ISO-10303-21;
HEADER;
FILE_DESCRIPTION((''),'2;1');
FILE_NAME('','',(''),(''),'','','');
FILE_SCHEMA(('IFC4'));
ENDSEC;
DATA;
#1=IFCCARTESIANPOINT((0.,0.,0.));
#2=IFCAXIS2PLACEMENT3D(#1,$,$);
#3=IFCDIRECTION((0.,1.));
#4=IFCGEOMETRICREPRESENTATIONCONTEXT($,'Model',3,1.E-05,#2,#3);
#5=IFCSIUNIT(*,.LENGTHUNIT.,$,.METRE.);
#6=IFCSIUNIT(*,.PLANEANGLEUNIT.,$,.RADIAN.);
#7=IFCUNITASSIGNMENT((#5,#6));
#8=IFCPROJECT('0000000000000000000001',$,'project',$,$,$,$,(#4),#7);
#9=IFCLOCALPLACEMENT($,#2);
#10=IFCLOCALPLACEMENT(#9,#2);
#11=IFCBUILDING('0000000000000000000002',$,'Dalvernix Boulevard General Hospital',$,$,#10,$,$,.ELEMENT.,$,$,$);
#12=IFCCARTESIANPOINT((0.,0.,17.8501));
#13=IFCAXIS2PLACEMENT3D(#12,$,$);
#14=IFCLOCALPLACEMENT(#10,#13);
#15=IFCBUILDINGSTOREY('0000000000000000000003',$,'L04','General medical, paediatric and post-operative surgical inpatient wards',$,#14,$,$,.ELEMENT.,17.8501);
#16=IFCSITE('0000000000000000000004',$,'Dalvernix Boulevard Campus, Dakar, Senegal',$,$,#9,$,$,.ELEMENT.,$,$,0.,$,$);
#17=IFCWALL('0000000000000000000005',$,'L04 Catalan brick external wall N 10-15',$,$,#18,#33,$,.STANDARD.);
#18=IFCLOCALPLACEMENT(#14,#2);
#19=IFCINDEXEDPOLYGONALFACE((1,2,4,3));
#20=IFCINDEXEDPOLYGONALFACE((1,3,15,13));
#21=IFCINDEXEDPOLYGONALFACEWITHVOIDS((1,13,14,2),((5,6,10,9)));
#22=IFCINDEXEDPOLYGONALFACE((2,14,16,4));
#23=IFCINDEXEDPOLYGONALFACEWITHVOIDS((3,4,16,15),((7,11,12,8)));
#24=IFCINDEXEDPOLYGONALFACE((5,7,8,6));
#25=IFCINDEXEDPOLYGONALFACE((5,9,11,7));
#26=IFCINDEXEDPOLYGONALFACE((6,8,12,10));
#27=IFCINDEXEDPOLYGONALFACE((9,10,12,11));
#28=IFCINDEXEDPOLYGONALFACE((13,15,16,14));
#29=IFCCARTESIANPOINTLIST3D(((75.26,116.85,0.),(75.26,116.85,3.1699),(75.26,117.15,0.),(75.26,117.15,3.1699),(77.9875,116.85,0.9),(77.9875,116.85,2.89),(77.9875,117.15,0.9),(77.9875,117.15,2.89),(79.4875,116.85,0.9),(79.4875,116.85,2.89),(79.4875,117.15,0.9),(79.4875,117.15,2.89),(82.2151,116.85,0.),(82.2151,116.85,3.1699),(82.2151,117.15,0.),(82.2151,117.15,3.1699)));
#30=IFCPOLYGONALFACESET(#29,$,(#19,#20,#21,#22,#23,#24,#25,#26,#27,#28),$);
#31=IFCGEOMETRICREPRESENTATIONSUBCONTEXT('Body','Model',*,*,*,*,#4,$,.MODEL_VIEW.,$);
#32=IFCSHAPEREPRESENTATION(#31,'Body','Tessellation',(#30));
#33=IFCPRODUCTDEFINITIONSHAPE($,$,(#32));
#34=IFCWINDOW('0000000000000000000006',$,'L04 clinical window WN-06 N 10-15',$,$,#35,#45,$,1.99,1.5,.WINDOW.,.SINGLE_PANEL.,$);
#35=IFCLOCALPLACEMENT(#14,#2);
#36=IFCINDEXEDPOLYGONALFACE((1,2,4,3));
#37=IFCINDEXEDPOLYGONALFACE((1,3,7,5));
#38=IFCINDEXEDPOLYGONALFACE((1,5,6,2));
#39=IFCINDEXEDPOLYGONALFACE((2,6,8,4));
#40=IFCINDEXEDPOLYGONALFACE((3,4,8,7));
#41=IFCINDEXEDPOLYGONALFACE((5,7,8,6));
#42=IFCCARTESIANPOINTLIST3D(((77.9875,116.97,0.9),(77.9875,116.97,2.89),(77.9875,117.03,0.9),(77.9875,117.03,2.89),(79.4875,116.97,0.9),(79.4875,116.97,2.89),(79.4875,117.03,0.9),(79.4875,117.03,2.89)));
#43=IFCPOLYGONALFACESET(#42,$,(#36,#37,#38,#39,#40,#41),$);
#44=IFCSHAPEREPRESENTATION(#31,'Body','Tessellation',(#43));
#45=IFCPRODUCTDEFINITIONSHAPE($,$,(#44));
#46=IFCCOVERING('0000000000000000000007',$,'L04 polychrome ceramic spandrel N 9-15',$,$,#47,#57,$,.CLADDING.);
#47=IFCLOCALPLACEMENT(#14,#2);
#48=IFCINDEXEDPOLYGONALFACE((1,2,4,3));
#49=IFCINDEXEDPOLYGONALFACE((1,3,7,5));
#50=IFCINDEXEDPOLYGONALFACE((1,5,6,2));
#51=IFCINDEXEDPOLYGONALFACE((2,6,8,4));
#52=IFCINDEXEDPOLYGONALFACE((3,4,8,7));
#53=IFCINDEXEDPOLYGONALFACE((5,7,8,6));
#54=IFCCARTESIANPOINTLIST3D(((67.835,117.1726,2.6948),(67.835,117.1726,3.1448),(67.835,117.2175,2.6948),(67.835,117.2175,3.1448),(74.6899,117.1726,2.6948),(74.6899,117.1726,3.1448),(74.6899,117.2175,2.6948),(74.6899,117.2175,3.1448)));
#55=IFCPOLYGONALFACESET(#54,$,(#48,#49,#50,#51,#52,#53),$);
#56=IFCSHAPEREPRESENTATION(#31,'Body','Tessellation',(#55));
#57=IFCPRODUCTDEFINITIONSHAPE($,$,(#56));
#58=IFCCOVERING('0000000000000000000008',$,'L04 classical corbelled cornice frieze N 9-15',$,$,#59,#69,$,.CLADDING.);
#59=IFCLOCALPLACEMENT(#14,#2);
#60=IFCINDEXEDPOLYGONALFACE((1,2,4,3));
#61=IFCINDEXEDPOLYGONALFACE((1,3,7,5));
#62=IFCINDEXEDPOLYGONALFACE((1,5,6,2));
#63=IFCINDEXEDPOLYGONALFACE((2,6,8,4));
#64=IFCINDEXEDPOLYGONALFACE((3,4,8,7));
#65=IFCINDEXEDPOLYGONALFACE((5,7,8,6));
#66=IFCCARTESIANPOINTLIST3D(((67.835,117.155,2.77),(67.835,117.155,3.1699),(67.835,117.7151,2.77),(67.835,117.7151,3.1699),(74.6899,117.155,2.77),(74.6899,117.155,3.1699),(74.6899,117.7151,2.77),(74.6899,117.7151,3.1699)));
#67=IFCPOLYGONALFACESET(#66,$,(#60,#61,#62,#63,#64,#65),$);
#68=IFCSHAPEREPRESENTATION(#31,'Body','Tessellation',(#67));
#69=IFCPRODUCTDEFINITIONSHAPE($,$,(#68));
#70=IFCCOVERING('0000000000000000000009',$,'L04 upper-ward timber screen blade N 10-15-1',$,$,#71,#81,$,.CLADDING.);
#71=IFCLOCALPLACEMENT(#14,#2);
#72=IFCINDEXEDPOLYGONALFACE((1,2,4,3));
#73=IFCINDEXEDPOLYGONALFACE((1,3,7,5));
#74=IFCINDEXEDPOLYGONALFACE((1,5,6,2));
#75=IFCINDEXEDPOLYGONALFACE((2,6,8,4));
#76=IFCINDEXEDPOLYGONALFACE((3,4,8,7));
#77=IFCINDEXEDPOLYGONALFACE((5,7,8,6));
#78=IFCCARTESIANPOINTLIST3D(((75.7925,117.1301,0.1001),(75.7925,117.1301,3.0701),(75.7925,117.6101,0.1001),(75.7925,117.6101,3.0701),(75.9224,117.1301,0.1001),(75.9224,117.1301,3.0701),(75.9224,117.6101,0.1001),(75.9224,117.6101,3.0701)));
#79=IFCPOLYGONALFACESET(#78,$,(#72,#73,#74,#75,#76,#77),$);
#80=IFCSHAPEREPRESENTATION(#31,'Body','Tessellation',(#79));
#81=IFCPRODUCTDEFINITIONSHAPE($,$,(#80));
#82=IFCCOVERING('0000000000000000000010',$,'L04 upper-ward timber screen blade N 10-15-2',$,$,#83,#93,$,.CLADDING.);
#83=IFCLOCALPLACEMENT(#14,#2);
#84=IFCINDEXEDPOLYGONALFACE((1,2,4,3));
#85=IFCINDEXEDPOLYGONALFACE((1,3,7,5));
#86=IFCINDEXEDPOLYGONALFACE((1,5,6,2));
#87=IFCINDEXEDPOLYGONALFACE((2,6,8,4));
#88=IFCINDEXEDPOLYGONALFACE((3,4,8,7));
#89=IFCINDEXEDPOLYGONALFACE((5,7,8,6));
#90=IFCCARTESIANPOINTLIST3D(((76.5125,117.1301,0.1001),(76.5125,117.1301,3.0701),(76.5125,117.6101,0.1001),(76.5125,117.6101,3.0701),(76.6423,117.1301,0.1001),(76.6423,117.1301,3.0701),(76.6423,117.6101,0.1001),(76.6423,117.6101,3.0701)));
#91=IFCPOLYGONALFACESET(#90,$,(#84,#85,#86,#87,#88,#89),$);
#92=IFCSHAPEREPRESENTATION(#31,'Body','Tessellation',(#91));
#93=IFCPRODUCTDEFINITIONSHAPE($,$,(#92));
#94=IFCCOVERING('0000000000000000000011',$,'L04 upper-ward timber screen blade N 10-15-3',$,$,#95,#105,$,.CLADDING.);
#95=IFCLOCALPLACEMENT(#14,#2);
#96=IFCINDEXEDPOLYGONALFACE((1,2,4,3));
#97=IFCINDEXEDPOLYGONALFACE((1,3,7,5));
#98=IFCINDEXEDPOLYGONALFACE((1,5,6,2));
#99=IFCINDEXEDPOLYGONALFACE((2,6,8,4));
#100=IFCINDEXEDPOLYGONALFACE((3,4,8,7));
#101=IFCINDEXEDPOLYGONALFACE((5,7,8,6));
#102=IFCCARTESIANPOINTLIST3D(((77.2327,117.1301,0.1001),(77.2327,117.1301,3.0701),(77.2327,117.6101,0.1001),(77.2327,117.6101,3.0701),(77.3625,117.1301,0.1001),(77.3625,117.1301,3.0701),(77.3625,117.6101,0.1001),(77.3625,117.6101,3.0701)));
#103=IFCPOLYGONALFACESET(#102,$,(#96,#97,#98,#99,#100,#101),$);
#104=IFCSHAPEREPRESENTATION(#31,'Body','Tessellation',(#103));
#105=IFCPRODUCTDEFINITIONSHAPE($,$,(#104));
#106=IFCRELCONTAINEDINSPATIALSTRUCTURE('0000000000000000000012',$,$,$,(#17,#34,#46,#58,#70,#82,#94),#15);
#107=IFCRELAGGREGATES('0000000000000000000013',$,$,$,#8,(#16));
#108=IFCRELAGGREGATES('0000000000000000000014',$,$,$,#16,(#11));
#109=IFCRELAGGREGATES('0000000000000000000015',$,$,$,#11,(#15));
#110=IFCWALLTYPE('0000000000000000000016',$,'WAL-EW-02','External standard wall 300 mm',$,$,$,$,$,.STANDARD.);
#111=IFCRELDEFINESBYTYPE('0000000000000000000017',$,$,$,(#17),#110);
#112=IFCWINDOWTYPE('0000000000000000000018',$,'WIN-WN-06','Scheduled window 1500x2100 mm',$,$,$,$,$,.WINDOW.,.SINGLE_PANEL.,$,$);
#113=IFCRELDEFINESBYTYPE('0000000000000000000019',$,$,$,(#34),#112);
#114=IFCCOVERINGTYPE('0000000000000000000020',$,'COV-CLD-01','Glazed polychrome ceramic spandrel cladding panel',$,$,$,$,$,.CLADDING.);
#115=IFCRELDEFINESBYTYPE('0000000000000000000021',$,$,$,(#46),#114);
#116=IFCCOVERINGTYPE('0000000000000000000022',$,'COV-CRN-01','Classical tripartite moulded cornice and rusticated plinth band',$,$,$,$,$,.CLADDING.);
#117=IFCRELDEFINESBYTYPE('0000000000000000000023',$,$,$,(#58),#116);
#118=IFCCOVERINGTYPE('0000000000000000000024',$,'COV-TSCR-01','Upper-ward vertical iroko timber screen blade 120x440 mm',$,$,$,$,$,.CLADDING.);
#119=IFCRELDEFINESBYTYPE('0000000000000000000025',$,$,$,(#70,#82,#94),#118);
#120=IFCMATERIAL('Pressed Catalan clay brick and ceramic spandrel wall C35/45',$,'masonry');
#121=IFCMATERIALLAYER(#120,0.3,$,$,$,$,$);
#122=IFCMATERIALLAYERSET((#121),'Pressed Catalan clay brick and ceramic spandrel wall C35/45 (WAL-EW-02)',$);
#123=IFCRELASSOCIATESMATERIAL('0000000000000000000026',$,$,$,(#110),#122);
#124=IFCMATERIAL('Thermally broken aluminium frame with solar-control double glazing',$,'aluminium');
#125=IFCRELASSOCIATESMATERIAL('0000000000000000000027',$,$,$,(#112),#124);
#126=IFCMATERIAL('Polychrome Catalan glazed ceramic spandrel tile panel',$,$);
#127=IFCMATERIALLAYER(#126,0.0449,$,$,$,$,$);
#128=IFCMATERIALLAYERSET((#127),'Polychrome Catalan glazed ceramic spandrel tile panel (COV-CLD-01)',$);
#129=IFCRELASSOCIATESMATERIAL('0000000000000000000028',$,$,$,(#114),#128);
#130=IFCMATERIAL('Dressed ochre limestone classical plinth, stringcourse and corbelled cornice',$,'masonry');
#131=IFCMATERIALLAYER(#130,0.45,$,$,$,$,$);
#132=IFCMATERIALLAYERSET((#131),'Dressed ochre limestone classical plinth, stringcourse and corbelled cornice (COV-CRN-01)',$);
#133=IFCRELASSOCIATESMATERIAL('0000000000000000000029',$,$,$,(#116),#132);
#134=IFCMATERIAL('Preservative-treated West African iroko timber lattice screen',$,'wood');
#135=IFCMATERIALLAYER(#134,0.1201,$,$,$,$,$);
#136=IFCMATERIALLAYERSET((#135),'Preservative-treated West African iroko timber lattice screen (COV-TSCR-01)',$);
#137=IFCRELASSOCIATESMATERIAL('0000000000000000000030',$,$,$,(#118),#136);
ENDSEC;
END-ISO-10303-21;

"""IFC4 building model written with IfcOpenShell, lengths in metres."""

from ifc_helpers import new_model, si_unit, direction, frame, frame_2d, origin, origin_2d, place, context, subcontext, project, spatial, rectangle, extrude, material, layer, layer_set, type_object, element, fill, save


model = new_model("IFC4")

# Units and contexts
model_context = context("Model", 3, precision=1e-05, world=origin(), true_north=direction((0.0, 1.0)))
body_context = subcontext(model_context, "Body", "Model", "MODEL_VIEW")
ifc_project = project(units=[si_unit("LENGTHUNIT", "METRE"), si_unit("PLANEANGLEUNIT", "RADIAN")], contexts=[model_context])

# Site, building, storey
site_placement = place(None, origin())
site = spatial("IfcSite", under=ifc_project, at=site_placement, Name="Dalvernix Boulevard Campus, Dakar, Senegal", CompositionType="ELEMENT", RefElevation=0.0)
building_placement = place(site_placement, origin())
building = spatial("IfcBuilding", under=site, at=building_placement, Name="Dalvernix Boulevard General Hospital", CompositionType="ELEMENT")
storey_placement = place(building_placement, frame((0.0, 0.0, 17.8501)))
storey = spatial("IfcBuildingStorey", under=building, at=storey_placement, Name="L04", Description="General medical, paediatric and post-operative surgical inpatient wards", CompositionType="ELEMENT", Elevation=17.8501)

# Wall, opening, window
ifc_material_1 = material(Name="Pressed Catalan clay brick and ceramic spandrel wall C35/45", Category="masonry")
ifc_layer_1 = layer(ifc_material_1, 0.3)
ifc_layer_set_1 = layer_set([ifc_layer_1], Name="Pressed Catalan clay brick and ceramic spandrel wall C35/45 (WAL-EW-02)")
wall_type_1 = type_object("IfcWallType", Name="WAL-EW-02", Description="External standard wall 300 mm", PredefinedType="STANDARD", material=ifc_layer_set_1)
wall_1_placement = place(storey_placement, frame((75.26, 117.0, 0.0), z_axis=(0.0, 0.0, 1.0), x_axis=(1.0, 0.0, 0.0)))
wall_1 = element("IfcWall", 1, at=wall_1_placement, inside=storey, type_object=wall_type_1, Name="L04 Catalan brick external wall N 10-15", PredefinedType="STANDARD", context=body_context, shape_type="SweptSolid", body=[
    extrude(rectangle(XDim=6.9551, YDim=0.3, at=frame_2d((3.4775, 0.0))), origin(), (0.0, 0.0, 1.0), 3.1699),
])
opening_1_placement = place(wall_1_placement, frame((2.7275, 0.0, 0.8999)))
opening_1 = element("IfcOpeningElement", 2, at=opening_1_placement, cuts=wall_1, PredefinedType="OPENING", context=body_context, shape_type="SweptSolid", body=[
    extrude(rectangle(XDim=1.5, YDim=1.99, at=frame_2d((0.75, 0.9951))), frame((0.0, 0.1599, 0.0), z_axis=(0.0, -1.0, 0.0), x_axis=(1.0, 0.0, 0.0)), (0.0, 0.0, 1.0), 0.3201),
])
ifc_material_2 = material(Name="Thermally broken aluminium frame with solar-control double glazing", Category="aluminium")
window_type = type_object("IfcWindowType", Name="WIN-WN-06", Description="Scheduled window 1500x2100 mm", PartitioningType="SINGLE_PANEL", PredefinedType="WINDOW", material=ifc_material_2)
window_placement = place(opening_1_placement, origin())
window = element("IfcWindow", 3, at=window_placement, inside=storey, type_object=window_type, Name="L04 clinical window WN-06 N 10-15", OverallHeight=1.99, OverallWidth=1.5, PartitioningType="SINGLE_PANEL", PredefinedType="WINDOW", context=body_context, shape_type="SweptSolid", body=[
    extrude(rectangle(XDim=1.5, YDim=1.99, at=frame_2d((0.75, 0.9951))), frame((0.0, 0.03, 0.0), z_axis=(0.0, -1.0, 0.0), x_axis=(1.0, 0.0, 0.0)), (0.0, 0.0, 1.0), 0.0601),
])
fill(opening_1, window)

# Coverings
ifc_material_3 = material(Name="Polychrome Catalan glazed ceramic spandrel tile panel")
ifc_layer_2 = layer(ifc_material_3, 0.0449)
ifc_layer_set_2 = layer_set([ifc_layer_2], Name="Polychrome Catalan glazed ceramic spandrel tile panel (COV-CLD-01)")
covering_type_1 = type_object("IfcCoveringType", Name="COV-CLD-01", Description="Glazed polychrome ceramic spandrel cladding panel", PredefinedType="CLADDING", material=ifc_layer_set_2)
covering_1_placement = place(storey_placement, frame((71.2625, 117.1951, 2.6948), z_axis=(0.0, 0.0, 1.0), x_axis=(1.0, 0.0, 0.0)))
element("IfcCovering", 4, at=covering_1_placement, inside=storey, type_object=covering_type_1, Name="L04 polychrome ceramic spandrel N 9-15", PredefinedType="CLADDING", context=body_context, shape_type="SweptSolid", body=[
    extrude(rectangle(XDim=6.855, YDim=0.0449, at=origin_2d()), origin(), (0.0, 0.0, 1.0), 0.45),
])
ifc_material_4 = material(Name="Dressed ochre limestone classical plinth, stringcourse and corbelled cornice", Category="masonry")
ifc_layer_3 = layer(ifc_material_4, 0.45)
ifc_layer_set_3 = layer_set([ifc_layer_3], Name="Dressed ochre limestone classical plinth, stringcourse and corbelled cornice (COV-CRN-01)")
covering_type_2 = type_object("IfcCoveringType", Name="COV-CRN-01", Description="Classical tripartite moulded cornice and rusticated plinth band", PredefinedType="CLADDING", material=ifc_layer_set_3)
covering_2_placement = place(storey_placement, frame((71.2625, 117.4351, 2.77), z_axis=(0.0, 0.0, 1.0), x_axis=(1.0, 0.0, 0.0)))
element("IfcCovering", 5, at=covering_2_placement, inside=storey, type_object=covering_type_2, Name="L04 classical corbelled cornice frieze N 9-15", PredefinedType="CLADDING", context=body_context, shape_type="SweptSolid", body=[
    extrude(rectangle(XDim=6.855, YDim=0.5601, at=origin_2d()), origin(), (0.0, 0.0, 1.0), 0.3999),
])
ifc_material_5 = material(Name="Preservative-treated West African iroko timber lattice screen", Category="wood")
ifc_layer_4 = layer(ifc_material_5, 0.1201)
ifc_layer_set_4 = layer_set([ifc_layer_4], Name="Preservative-treated West African iroko timber lattice screen (COV-TSCR-01)")
covering_type_3 = type_object("IfcCoveringType", Name="COV-TSCR-01", Description="Upper-ward vertical iroko timber screen blade 120x440 mm", PredefinedType="CLADDING", material=ifc_layer_set_4)
for number, where, z_axis, x_axis, name in (
    (6, (75.8574, 117.3701, 0.1001), (0.0, 0.0, 1.0), (1.0, 0.0, 0.0), "L04 upper-ward timber screen blade N 10-15-1"),
    (7, (76.5774, 117.3701, 0.1001), (0.0, 0.0, 1.0), (1.0, 0.0, 0.0), "L04 upper-ward timber screen blade N 10-15-2"),
    (8, (77.2976, 117.3701, 0.1001), (0.0, 0.0, 1.0), (1.0, 0.0, 0.0), "L04 upper-ward timber screen blade N 10-15-3"),
):
    element("IfcCovering", number, at=place(storey_placement, frame(where, z_axis=z_axis, x_axis=x_axis)), inside=storey, type_object=covering_type_3, Name=name, PredefinedType="CLADDING", context=body_context, shape_type="SweptSolid", body=[
        extrude(rectangle(XDim=0.1299, YDim=0.48, at=origin_2d()), origin(), (0.0, 0.0, 1.0), 2.97),
    ])

save(model, "model.ifc")
